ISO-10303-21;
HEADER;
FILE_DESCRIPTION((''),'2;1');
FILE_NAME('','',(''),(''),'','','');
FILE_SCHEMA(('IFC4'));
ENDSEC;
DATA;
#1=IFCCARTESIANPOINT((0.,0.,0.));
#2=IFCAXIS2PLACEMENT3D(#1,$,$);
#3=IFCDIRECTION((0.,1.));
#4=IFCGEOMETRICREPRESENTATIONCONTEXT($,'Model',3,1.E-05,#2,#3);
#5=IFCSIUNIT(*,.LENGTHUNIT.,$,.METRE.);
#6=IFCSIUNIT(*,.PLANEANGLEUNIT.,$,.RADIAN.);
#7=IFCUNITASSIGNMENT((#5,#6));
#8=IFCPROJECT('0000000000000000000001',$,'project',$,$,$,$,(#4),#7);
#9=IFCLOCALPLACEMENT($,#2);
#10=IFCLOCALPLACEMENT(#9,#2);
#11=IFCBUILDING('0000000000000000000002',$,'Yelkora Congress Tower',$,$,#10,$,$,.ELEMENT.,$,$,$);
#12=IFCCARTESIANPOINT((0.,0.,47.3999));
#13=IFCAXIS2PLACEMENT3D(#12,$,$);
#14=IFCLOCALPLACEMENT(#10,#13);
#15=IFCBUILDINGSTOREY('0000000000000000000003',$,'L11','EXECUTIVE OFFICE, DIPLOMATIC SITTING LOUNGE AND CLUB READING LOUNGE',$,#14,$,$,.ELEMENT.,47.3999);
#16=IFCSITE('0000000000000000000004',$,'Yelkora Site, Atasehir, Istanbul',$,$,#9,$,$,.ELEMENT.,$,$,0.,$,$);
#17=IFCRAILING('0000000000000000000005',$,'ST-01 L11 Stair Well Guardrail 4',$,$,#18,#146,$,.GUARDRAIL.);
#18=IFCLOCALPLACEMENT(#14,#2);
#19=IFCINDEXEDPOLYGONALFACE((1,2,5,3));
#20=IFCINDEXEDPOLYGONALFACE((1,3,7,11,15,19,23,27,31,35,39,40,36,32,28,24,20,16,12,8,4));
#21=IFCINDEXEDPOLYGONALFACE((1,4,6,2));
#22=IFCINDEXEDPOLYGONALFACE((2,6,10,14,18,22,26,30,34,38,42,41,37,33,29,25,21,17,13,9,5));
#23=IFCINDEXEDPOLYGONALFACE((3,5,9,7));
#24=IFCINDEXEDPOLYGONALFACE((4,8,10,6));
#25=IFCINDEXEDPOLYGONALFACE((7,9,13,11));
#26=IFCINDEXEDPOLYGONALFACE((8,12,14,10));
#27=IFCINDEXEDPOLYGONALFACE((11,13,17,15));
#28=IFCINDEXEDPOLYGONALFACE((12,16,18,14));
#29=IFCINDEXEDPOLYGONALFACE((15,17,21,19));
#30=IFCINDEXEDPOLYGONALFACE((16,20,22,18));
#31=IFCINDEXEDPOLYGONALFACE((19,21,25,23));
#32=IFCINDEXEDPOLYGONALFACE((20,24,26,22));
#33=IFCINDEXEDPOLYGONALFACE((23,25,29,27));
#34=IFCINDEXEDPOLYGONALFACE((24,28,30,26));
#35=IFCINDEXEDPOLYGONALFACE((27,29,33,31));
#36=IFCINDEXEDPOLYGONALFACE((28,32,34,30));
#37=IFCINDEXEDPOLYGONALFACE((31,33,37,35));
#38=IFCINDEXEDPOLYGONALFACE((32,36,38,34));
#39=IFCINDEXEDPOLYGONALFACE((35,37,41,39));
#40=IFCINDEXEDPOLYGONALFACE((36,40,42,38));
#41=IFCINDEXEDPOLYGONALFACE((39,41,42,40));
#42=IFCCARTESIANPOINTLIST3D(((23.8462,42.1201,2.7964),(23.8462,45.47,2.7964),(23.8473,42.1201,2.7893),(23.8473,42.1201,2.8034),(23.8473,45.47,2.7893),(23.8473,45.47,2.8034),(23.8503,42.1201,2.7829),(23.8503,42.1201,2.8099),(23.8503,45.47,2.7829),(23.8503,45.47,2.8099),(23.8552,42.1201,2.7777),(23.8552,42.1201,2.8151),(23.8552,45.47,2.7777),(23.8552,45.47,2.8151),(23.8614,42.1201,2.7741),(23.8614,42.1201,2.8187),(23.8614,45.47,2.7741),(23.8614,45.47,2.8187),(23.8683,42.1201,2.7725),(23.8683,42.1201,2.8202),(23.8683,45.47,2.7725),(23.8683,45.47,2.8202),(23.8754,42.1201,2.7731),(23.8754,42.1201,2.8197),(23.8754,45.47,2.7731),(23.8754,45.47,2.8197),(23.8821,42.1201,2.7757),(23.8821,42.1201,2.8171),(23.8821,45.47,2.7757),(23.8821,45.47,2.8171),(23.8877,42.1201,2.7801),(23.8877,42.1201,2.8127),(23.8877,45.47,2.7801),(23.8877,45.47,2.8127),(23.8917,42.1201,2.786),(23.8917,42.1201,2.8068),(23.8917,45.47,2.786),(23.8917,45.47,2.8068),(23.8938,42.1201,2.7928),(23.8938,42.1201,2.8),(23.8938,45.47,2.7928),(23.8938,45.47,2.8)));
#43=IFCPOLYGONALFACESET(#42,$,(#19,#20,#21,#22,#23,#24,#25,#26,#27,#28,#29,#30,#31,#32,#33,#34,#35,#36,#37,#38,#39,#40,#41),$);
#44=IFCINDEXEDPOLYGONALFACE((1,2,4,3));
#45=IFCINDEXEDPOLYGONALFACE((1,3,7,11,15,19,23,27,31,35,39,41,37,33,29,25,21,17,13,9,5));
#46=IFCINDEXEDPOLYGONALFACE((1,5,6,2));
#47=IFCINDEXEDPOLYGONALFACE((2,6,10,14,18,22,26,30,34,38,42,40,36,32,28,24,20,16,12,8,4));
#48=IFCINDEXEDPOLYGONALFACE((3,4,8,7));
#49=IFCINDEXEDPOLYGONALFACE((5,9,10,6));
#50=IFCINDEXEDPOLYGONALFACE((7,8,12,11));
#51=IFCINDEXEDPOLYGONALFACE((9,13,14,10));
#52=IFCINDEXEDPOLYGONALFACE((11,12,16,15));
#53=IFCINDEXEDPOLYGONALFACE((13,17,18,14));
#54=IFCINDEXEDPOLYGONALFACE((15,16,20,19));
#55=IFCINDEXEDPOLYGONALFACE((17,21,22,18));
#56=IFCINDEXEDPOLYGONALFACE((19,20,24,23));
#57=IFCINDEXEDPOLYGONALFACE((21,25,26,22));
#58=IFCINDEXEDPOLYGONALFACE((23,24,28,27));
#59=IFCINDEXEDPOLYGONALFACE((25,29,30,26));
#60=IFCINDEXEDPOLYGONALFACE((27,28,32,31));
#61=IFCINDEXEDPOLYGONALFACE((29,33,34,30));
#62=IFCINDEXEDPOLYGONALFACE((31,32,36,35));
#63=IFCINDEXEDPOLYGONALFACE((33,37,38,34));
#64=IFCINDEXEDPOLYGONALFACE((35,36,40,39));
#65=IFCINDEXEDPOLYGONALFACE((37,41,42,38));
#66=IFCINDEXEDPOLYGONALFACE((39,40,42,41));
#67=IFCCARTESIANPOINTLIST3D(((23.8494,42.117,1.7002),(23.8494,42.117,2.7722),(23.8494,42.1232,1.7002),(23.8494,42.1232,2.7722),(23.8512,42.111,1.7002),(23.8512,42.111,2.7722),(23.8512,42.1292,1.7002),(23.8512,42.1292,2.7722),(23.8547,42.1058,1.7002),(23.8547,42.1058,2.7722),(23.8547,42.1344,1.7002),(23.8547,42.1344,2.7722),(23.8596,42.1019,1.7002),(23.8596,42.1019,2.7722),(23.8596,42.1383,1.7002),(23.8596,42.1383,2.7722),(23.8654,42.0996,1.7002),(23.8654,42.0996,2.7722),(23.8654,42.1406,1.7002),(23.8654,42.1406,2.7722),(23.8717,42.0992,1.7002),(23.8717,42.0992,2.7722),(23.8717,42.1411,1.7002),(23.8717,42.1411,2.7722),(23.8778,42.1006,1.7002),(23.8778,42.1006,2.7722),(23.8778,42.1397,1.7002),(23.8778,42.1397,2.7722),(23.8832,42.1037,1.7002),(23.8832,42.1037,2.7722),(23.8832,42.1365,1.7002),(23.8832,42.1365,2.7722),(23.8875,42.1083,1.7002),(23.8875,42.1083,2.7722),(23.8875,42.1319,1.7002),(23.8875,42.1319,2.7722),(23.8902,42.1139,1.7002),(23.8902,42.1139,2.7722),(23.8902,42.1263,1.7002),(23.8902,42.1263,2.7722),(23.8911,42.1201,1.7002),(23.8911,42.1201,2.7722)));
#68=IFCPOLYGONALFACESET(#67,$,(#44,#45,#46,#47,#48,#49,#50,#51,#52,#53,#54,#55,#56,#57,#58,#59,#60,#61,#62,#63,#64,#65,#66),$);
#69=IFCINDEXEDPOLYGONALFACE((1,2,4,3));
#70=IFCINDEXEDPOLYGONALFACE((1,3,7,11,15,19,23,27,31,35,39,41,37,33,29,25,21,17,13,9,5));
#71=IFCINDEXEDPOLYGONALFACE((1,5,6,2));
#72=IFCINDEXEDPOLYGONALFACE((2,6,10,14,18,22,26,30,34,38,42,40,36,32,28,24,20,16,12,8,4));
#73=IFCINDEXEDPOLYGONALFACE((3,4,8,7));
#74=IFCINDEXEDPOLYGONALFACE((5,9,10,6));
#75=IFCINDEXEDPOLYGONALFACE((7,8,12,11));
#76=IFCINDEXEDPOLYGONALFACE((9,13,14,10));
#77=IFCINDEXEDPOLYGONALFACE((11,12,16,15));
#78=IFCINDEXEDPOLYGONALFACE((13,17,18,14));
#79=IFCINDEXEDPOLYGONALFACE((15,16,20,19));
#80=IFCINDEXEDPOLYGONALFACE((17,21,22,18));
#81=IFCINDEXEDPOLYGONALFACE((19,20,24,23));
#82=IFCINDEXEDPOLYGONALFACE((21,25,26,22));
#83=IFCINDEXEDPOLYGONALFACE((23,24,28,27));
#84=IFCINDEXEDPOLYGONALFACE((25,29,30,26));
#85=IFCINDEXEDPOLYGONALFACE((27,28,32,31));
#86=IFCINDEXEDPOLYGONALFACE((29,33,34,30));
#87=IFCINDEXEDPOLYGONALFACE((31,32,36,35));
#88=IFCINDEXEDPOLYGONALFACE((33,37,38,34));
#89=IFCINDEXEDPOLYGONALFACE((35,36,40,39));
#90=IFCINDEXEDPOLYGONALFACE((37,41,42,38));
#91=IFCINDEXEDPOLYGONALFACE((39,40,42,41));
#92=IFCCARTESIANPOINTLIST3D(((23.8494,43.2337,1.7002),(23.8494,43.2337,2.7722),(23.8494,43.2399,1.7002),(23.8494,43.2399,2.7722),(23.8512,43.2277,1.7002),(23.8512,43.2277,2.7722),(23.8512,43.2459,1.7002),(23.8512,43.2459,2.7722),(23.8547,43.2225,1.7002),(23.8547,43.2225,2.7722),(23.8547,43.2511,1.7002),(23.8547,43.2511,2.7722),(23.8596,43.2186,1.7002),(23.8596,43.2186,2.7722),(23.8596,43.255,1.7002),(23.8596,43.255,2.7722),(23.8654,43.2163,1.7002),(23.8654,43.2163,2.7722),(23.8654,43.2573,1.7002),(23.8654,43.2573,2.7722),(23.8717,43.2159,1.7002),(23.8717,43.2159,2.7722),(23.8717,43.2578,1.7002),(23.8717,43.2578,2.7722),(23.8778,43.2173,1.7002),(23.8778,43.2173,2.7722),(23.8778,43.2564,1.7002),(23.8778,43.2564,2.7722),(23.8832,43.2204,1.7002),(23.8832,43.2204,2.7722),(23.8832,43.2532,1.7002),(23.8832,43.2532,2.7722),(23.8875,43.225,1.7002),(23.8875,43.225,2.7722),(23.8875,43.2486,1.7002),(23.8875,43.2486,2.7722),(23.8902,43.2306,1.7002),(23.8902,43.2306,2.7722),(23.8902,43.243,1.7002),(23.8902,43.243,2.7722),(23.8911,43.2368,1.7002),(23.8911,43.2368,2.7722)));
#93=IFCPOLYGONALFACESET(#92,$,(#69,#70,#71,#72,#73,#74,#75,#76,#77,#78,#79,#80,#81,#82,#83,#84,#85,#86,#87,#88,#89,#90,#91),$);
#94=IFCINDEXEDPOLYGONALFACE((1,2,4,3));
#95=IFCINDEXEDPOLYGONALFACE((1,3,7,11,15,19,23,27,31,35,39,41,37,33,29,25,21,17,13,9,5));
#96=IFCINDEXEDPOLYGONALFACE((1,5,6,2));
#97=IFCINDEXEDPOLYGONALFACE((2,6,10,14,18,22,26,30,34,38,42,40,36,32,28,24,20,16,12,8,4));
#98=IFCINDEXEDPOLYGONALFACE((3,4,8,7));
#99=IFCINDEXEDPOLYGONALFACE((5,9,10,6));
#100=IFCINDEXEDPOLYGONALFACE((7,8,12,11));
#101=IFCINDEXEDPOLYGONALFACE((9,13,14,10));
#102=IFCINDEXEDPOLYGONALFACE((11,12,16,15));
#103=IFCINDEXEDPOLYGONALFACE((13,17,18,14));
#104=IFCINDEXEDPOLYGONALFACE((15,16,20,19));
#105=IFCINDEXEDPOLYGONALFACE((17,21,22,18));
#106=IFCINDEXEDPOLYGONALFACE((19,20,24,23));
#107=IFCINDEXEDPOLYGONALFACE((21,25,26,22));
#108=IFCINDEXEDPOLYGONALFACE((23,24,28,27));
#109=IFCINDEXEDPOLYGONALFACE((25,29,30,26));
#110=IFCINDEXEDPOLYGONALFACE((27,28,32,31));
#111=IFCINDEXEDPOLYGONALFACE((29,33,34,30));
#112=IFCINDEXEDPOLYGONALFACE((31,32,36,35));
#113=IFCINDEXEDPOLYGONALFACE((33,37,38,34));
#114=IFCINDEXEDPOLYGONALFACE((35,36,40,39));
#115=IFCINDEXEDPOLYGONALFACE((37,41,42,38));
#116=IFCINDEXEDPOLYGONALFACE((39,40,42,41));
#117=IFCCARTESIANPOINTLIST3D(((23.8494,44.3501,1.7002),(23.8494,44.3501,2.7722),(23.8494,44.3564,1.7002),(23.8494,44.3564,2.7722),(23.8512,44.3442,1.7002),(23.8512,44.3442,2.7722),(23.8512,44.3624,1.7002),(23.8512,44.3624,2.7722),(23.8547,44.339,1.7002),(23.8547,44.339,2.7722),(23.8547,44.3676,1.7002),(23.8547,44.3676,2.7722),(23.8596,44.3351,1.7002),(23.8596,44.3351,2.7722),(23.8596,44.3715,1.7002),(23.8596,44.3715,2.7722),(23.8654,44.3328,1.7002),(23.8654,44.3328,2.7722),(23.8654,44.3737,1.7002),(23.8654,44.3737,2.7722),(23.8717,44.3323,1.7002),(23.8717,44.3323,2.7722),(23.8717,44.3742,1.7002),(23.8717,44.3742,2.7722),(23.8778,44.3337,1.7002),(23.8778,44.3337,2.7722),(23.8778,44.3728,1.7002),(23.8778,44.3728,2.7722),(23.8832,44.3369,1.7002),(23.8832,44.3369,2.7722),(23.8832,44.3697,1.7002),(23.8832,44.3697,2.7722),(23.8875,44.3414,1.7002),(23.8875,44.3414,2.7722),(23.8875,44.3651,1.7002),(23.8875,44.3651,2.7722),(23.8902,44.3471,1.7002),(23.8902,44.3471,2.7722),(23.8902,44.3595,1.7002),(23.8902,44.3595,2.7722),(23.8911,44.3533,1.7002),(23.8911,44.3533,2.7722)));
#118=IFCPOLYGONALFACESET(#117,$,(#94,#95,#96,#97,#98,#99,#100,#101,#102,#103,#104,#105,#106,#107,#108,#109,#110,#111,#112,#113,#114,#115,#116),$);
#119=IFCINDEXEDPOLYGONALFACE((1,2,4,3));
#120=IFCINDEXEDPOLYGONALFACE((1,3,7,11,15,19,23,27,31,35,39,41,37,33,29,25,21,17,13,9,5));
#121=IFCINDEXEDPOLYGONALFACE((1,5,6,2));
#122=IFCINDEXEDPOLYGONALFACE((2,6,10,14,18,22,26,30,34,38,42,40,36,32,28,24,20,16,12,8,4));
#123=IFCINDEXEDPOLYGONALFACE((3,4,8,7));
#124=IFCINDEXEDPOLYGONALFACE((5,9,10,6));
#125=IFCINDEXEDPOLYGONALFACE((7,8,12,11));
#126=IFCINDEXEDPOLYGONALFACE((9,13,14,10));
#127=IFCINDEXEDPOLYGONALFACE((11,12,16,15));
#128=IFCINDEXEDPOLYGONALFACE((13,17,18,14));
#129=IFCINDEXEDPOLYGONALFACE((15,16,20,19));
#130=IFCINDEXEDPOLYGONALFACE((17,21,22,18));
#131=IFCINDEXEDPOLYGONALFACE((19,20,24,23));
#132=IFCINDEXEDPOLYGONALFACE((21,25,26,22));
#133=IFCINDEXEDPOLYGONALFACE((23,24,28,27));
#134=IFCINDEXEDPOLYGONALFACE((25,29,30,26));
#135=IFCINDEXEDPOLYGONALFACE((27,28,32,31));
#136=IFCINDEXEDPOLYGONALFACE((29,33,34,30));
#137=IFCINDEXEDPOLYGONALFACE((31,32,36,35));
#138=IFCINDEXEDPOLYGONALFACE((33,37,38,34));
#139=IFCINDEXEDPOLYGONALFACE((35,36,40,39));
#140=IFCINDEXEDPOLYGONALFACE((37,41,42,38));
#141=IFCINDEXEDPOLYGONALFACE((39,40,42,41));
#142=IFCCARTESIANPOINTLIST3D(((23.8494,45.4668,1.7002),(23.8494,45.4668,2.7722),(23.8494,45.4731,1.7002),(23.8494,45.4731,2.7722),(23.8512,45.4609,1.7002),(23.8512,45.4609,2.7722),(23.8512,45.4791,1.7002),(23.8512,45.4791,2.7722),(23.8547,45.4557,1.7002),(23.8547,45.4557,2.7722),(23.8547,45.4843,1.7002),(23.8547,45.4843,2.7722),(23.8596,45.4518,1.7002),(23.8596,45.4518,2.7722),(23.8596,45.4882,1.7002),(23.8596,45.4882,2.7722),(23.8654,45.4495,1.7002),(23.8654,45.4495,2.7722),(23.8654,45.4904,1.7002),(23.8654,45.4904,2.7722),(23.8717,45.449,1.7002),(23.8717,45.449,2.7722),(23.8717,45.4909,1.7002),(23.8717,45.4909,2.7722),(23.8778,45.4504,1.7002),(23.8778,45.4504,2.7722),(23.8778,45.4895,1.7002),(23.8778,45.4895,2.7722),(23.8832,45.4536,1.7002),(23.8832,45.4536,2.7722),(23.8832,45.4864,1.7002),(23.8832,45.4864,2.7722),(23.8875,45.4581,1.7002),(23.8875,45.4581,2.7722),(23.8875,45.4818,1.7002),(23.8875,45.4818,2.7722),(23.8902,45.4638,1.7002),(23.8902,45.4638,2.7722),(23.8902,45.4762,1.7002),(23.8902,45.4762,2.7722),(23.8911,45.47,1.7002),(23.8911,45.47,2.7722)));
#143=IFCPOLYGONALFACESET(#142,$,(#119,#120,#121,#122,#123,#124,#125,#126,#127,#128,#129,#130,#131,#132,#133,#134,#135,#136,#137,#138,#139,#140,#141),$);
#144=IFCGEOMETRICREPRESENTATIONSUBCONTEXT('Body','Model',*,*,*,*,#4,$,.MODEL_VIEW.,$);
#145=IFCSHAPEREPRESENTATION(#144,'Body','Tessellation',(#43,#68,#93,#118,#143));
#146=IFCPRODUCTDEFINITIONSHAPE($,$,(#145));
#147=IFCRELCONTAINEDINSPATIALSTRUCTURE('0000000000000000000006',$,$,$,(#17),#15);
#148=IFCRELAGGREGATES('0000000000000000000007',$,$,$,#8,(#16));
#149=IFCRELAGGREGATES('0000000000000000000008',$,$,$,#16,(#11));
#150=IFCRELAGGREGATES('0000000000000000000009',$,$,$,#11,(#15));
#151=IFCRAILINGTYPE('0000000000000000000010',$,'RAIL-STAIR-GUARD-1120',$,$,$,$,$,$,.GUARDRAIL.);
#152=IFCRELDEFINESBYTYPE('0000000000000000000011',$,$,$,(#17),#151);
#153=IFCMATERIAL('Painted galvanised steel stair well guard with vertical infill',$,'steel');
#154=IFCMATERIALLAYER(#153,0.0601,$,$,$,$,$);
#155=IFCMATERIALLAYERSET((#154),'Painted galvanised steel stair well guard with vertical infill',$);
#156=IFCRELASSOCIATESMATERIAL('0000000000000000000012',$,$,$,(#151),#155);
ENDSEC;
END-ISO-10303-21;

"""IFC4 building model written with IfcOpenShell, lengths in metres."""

from ifc_helpers import new_model, si_unit, direction, frame, origin, origin_2d, place, context, subcontext, project, spatial, circle, extrude, material, layer, layer_set, type_object, element, save


model = new_model("IFC4")

# Units and contexts
model_context = context("Model", 3, precision=1e-05, world=origin(), true_north=direction((0.0, 1.0)))
body_context = subcontext(model_context, "Body", "Model", "MODEL_VIEW")
ifc_project = project(units=[si_unit("LENGTHUNIT", "METRE"), si_unit("PLANEANGLEUNIT", "RADIAN")], contexts=[model_context])

# Site, building, storey
site_placement = place(None, origin())
site = spatial("IfcSite", under=ifc_project, at=site_placement, Name="Yelkora Site, Atasehir, Istanbul", CompositionType="ELEMENT", RefElevation=0.0)
building_placement = place(site_placement, origin())
building = spatial("IfcBuilding", under=site, at=building_placement, Name="Yelkora Congress Tower", CompositionType="ELEMENT")
storey_placement = place(building_placement, frame((0.0, 0.0, 47.3999)))
storey = spatial("IfcBuildingStorey", under=building, at=storey_placement, Name="L11", Description="EXECUTIVE OFFICE, DIPLOMATIC SITTING LOUNGE AND CLUB READING LOUNGE", CompositionType="ELEMENT", Elevation=47.3999)

# Railing
ifc_material_1 = material(Name="Painted galvanised steel stair well guard with vertical infill", Category="steel")
ifc_layer_1 = layer(ifc_material_1, 0.0601)
ifc_layer_set_1 = layer_set([ifc_layer_1], Name="Painted galvanised steel stair well guard with vertical infill")
railing_type_1 = type_object("IfcRailingType", Name="RAIL-STAIR-GUARD-1120", PredefinedType="GUARDRAIL", material=ifc_layer_set_1)
for number, where, name in (
    (1, (23.8701, 42.1201, 1.7002), "ST-01 L11 Stair Well Guardrail 4"),
):
    element("IfcRailing", number, at=place(storey_placement, frame(where)), inside=storey, type_object=railing_type_1, Name=name, PredefinedType="GUARDRAIL", context=body_context, shape_type="SweptSolid", body=[
        extrude(circle(Radius=0.0239, at=origin_2d()), frame((0.0, 0.0, 1.0962), z_axis=(0.0, 1.0, 0.0), x_axis=(-1.0, 0.0, 0.0)), (0.0, 0.0, 1.0), 3.3499),
        extrude(circle(Radius=0.021, at=origin_2d()), origin(), (0.0, 0.0, 1.0), 1.072),
        extrude(circle(Radius=0.021, at=origin_2d()), frame((0.0, 1.1167, 0.0)), (0.0, 0.0, 1.0), 1.072),
        extrude(circle(Radius=0.021, at=origin_2d()), frame((0.0, 2.2332, 0.0)), (0.0, 0.0, 1.0), 1.072),
        extrude(circle(Radius=0.021, at=origin_2d()), frame((0.0, 3.3499, 0.0)), (0.0, 0.0, 1.0), 1.072),
    ])

save(model, "model.ifc")
